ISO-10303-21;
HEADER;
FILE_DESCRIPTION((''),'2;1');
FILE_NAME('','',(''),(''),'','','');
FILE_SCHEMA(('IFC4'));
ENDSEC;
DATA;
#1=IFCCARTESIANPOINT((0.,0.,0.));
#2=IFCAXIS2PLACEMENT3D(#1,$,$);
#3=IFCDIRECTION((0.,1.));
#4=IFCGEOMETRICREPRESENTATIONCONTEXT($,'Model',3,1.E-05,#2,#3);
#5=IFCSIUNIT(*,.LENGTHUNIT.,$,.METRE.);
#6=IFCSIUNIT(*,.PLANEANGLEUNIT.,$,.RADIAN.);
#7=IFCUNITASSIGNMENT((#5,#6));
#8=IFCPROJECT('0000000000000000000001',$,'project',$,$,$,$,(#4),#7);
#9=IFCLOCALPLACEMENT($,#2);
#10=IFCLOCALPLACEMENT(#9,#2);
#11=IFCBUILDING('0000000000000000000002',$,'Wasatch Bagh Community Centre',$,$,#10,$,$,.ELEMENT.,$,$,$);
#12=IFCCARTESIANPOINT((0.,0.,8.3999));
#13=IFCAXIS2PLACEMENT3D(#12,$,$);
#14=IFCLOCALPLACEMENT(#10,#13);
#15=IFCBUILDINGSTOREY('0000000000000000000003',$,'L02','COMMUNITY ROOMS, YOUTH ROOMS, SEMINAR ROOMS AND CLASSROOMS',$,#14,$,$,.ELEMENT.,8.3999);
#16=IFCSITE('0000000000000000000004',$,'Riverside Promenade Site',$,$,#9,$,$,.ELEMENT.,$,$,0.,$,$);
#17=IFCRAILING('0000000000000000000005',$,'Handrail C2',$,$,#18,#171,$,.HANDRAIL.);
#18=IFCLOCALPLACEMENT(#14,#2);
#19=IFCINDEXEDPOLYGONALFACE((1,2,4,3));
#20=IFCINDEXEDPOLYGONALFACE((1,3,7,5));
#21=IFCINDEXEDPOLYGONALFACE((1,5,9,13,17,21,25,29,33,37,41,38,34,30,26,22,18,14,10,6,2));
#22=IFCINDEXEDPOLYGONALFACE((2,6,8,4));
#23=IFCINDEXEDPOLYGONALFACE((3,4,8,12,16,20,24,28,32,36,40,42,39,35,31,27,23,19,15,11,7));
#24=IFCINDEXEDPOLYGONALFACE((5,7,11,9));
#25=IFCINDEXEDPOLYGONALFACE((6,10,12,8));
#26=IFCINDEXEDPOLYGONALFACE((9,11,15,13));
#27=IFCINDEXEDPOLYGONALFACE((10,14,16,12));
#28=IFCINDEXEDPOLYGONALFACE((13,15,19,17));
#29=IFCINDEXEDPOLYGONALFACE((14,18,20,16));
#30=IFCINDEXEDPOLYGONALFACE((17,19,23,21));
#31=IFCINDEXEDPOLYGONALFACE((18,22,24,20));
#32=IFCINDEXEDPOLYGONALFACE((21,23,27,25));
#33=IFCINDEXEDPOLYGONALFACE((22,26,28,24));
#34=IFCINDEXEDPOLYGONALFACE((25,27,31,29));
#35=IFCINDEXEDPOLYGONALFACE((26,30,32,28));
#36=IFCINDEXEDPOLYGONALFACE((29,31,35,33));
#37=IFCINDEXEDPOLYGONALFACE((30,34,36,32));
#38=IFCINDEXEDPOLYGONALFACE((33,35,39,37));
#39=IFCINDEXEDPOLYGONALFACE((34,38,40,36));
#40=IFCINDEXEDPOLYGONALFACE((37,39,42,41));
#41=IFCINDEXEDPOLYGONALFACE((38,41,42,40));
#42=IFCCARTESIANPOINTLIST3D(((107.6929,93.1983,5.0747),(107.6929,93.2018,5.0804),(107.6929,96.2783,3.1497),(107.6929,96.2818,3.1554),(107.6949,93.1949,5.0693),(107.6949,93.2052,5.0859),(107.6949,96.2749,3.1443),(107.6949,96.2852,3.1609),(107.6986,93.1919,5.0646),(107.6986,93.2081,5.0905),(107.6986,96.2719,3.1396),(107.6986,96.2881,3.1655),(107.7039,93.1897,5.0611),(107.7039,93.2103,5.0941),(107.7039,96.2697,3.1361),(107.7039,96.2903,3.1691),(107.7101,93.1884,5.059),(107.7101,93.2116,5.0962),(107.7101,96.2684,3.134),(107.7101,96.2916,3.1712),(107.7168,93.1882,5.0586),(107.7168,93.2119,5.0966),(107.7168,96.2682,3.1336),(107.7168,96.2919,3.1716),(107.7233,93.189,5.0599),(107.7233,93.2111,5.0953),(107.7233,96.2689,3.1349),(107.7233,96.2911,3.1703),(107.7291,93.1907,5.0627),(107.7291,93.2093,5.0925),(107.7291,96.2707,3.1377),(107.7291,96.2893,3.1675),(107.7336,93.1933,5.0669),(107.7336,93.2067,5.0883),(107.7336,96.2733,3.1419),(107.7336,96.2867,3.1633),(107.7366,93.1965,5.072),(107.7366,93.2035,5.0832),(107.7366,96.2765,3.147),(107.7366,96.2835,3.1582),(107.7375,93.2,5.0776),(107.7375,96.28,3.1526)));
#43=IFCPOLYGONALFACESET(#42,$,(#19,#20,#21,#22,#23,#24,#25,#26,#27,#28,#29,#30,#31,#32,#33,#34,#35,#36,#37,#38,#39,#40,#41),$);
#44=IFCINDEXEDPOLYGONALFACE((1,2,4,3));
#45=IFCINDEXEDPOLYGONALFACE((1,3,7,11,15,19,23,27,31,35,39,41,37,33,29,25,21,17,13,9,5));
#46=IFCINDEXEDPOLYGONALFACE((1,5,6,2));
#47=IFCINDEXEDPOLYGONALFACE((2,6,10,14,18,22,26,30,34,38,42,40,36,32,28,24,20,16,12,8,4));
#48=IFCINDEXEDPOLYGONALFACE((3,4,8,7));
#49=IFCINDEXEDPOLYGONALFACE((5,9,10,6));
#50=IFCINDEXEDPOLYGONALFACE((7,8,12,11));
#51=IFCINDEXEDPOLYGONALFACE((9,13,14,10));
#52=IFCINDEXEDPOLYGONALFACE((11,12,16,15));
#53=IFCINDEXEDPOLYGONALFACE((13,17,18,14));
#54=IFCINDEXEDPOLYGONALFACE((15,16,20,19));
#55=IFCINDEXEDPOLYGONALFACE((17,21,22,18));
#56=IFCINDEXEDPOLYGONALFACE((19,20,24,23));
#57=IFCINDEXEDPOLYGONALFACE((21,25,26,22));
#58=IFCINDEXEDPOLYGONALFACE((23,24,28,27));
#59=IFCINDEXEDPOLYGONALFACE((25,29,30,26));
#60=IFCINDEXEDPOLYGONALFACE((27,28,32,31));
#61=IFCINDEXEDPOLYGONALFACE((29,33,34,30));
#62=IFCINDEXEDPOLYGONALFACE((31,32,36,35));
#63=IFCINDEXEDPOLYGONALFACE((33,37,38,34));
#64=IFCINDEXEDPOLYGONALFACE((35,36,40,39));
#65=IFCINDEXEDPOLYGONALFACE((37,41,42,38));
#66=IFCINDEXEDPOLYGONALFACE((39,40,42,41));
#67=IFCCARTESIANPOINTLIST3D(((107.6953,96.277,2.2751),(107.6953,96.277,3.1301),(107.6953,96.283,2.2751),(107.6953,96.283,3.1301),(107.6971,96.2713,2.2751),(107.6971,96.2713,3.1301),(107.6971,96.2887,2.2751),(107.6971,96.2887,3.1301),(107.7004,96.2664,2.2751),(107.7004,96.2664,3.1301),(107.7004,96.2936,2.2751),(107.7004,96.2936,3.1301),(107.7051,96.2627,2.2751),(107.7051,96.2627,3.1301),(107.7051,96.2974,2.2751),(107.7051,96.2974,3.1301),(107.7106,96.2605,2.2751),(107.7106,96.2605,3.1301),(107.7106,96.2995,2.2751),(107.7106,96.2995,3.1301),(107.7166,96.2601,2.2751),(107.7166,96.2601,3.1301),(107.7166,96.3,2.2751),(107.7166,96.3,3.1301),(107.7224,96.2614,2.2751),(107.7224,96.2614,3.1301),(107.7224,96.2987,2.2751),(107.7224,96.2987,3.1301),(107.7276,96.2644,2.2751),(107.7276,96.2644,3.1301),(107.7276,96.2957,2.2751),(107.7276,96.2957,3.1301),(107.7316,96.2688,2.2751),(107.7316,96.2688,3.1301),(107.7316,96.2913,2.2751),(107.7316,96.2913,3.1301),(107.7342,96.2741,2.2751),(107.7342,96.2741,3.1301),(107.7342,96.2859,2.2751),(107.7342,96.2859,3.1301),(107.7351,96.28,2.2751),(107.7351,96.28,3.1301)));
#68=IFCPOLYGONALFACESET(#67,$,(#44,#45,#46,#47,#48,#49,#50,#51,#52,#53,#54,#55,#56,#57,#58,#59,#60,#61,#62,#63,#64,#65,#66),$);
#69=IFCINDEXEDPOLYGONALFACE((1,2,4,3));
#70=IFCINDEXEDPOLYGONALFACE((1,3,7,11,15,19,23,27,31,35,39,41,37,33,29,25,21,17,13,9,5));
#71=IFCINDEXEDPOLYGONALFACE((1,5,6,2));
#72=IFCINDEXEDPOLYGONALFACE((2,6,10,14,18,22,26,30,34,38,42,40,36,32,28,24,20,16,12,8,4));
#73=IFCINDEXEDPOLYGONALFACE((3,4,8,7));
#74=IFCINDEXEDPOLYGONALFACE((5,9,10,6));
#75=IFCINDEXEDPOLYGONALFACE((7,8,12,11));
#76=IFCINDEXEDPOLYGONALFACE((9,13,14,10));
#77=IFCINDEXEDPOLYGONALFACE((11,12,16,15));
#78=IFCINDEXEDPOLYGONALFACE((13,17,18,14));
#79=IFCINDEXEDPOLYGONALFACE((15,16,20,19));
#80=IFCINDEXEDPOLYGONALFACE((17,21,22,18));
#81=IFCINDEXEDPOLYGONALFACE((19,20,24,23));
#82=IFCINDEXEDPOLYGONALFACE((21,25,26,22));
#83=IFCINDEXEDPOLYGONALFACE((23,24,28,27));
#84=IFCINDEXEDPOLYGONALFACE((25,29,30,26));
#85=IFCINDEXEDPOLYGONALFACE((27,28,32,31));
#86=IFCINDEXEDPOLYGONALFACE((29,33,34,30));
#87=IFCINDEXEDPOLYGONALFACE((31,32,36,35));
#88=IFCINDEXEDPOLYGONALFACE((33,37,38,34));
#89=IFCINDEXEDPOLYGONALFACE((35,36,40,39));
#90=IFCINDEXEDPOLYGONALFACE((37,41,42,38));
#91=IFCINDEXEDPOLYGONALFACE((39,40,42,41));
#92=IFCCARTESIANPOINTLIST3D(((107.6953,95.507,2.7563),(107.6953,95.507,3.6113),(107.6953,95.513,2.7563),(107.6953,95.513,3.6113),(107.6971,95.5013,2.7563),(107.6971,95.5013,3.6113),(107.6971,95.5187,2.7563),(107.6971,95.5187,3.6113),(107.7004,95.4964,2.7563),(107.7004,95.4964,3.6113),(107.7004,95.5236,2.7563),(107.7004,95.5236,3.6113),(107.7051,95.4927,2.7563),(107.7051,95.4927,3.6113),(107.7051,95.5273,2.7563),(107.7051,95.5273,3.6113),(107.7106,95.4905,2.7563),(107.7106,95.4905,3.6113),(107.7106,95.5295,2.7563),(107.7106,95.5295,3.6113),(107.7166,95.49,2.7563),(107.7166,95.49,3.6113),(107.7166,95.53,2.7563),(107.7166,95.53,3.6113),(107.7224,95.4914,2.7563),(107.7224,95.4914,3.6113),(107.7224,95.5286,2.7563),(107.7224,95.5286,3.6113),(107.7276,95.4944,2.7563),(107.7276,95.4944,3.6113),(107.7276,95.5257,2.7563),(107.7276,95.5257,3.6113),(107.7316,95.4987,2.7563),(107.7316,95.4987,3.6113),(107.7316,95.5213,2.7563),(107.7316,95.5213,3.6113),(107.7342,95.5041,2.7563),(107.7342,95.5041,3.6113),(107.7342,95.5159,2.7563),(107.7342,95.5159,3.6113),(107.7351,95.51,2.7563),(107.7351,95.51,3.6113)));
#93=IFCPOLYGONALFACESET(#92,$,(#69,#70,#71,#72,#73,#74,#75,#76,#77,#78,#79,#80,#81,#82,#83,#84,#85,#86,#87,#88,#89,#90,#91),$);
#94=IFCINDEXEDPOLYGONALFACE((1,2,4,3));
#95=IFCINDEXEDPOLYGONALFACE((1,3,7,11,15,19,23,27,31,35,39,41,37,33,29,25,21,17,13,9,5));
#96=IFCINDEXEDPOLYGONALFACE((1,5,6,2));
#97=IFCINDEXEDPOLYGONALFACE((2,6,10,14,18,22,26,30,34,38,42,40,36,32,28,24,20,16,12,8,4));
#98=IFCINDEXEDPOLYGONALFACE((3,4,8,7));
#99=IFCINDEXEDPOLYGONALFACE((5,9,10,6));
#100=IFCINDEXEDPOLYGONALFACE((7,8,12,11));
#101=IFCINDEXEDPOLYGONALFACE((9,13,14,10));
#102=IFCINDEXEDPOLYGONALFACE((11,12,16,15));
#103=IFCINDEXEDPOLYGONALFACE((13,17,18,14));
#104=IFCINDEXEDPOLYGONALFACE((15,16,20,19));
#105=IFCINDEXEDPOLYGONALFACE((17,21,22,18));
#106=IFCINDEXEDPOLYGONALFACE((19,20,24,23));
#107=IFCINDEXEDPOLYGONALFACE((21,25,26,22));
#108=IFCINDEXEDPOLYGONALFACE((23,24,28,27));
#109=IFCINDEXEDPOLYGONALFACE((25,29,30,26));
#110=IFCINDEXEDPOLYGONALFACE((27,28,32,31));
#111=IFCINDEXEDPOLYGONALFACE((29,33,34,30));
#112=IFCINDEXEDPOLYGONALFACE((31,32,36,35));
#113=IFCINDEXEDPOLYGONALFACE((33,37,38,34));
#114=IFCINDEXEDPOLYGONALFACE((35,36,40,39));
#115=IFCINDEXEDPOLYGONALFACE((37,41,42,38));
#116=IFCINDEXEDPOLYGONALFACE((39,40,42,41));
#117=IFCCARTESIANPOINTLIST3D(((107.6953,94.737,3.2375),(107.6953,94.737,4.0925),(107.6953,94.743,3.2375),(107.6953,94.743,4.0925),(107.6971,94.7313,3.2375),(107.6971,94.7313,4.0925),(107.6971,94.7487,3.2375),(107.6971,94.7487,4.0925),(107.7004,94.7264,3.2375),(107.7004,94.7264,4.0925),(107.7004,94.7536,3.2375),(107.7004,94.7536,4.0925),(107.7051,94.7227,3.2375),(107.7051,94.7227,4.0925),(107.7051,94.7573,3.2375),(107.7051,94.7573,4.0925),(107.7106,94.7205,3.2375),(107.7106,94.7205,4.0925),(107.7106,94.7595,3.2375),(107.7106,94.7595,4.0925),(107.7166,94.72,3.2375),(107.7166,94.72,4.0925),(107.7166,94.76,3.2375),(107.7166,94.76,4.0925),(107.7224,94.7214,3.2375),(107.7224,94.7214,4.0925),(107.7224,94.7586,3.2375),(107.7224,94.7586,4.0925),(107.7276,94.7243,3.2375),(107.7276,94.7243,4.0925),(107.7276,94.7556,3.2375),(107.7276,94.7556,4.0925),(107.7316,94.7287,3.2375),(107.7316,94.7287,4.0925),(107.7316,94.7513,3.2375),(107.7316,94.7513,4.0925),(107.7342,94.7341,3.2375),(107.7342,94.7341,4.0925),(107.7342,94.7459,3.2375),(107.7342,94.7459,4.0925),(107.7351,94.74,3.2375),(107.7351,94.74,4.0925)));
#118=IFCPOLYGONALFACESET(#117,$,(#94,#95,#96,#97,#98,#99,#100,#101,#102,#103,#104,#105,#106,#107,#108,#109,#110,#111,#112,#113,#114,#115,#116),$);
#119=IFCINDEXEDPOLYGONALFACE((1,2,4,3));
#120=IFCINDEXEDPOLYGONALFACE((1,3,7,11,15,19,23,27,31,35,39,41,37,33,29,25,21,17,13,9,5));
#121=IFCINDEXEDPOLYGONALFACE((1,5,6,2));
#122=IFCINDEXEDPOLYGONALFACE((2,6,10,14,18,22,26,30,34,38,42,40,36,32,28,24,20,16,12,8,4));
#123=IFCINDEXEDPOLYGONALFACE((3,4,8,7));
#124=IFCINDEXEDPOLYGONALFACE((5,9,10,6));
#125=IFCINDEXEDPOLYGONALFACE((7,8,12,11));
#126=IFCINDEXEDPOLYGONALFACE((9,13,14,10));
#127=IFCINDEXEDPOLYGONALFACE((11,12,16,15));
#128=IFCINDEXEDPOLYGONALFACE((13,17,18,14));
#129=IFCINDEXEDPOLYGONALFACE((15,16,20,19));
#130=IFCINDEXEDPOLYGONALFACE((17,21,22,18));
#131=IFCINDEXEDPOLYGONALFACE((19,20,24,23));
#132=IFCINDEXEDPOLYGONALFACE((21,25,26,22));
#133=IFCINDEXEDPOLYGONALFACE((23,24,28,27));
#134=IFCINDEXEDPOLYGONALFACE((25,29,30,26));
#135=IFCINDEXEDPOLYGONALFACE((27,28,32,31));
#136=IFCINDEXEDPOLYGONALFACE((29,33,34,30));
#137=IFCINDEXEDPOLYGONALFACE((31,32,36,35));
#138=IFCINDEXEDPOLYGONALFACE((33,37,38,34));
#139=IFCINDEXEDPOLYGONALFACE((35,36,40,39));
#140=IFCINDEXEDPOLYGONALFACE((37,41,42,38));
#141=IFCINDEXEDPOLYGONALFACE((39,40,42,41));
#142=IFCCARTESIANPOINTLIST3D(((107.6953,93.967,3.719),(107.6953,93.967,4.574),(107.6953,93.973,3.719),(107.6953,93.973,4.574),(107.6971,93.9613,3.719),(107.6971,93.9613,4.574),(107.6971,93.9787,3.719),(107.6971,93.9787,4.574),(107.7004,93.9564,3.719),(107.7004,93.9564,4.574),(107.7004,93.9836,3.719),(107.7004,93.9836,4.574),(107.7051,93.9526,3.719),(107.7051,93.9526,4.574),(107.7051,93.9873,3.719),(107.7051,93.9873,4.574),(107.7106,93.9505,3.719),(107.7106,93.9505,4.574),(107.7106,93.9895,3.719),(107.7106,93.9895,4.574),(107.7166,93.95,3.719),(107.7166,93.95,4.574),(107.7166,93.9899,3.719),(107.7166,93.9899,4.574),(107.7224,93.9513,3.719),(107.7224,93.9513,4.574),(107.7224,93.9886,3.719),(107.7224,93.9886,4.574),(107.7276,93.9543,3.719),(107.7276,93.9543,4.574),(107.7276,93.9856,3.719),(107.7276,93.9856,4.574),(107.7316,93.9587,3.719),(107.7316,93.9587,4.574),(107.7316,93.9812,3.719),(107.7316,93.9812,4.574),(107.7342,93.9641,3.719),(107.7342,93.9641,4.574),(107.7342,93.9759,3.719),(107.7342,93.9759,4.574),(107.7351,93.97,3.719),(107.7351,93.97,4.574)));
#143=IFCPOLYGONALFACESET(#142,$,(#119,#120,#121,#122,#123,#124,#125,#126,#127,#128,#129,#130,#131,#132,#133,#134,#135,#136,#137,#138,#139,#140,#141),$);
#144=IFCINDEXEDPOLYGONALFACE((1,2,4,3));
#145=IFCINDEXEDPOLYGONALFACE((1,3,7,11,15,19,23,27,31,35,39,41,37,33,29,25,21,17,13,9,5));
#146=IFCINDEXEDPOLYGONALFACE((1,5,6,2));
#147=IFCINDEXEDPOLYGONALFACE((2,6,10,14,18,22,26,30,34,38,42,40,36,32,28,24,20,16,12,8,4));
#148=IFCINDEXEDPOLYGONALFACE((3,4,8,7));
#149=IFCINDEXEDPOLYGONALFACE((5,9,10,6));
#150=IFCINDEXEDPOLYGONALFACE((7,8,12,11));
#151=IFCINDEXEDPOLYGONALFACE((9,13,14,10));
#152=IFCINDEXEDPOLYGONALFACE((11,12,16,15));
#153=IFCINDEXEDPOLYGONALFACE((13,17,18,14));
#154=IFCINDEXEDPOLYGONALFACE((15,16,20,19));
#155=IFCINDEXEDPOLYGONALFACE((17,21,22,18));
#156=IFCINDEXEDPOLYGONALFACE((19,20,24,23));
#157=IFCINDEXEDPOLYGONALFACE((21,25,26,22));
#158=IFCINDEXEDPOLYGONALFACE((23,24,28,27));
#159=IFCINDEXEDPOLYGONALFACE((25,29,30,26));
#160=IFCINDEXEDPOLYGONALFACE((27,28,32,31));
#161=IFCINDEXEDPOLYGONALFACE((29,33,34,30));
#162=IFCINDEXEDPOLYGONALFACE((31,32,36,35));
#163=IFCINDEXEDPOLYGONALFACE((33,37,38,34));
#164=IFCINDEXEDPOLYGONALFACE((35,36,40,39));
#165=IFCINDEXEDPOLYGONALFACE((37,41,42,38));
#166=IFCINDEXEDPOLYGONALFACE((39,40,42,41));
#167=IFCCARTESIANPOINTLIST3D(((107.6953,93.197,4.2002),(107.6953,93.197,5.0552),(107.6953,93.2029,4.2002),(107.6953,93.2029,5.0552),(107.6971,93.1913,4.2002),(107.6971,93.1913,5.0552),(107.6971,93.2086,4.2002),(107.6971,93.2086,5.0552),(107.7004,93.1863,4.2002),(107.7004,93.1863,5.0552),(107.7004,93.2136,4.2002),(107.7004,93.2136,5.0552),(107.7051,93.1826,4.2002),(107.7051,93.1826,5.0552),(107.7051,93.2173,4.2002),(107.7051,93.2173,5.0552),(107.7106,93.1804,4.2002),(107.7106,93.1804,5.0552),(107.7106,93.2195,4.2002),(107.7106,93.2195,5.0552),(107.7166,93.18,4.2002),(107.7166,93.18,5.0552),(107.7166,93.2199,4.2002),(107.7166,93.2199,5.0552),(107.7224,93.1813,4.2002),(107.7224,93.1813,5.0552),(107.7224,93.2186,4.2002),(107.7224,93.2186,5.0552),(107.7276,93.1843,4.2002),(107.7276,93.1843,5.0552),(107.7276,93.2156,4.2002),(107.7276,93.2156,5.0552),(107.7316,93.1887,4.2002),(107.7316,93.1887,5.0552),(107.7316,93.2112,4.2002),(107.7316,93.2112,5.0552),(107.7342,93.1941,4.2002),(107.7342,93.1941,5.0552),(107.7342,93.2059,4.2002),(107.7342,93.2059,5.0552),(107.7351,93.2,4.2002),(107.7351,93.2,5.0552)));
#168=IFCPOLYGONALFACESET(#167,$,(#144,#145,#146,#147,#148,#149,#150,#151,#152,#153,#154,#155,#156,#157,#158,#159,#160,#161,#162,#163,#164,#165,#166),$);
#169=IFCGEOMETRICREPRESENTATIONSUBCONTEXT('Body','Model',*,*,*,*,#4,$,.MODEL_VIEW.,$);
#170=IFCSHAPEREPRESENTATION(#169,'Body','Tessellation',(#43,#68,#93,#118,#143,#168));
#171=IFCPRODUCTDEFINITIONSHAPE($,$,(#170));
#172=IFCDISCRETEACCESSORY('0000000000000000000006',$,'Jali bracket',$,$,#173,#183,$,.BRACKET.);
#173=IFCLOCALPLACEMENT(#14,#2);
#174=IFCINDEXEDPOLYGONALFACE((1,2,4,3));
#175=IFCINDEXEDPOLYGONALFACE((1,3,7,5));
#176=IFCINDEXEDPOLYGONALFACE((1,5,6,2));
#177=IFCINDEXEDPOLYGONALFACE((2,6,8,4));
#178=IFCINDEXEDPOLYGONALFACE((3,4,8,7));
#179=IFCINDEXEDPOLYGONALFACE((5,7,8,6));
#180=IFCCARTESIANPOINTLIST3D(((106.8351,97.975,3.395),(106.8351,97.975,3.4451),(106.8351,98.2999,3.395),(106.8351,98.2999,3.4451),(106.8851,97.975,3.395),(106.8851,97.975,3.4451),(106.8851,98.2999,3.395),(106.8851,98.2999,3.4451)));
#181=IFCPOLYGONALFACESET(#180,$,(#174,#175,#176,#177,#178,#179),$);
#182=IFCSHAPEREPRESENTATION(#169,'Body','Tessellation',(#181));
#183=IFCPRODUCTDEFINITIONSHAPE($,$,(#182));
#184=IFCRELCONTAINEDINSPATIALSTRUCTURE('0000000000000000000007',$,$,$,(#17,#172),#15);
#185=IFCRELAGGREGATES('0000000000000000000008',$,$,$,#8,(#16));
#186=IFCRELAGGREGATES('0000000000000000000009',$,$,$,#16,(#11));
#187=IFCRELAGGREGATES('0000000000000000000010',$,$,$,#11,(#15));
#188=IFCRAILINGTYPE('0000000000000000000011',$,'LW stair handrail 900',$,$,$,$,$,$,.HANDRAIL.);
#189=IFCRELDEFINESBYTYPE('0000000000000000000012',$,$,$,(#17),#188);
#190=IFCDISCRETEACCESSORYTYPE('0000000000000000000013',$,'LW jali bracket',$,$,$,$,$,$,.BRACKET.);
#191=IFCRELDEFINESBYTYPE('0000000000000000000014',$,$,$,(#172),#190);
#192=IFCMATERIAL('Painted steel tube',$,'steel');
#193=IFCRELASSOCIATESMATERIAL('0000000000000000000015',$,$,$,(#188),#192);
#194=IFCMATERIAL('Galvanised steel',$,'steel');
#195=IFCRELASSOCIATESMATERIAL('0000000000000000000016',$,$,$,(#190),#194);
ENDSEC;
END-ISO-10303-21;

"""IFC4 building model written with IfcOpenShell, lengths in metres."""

from ifc_helpers import new_model, si_unit, direction, frame, origin, origin_2d, place, context, subcontext, project, spatial, rectangle, circle, extrude, material, type_object, element, save


model = new_model("IFC4")

# Units and contexts
model_context = context("Model", 3, precision=1e-05, world=origin(), true_north=direction((0.0, 1.0)))
body_context = subcontext(model_context, "Body", "Model", "MODEL_VIEW")
ifc_project = project(units=[si_unit("LENGTHUNIT", "METRE"), si_unit("PLANEANGLEUNIT", "RADIAN")], contexts=[model_context])

# Site, building, storey
site_placement = place(None, origin())
site = spatial("IfcSite", under=ifc_project, at=site_placement, Name="Riverside Promenade Site", CompositionType="ELEMENT", RefElevation=0.0)
building_placement = place(site_placement, origin())
building = spatial("IfcBuilding", under=site, at=building_placement, Name="Wasatch Bagh Community Centre", CompositionType="ELEMENT")
storey_placement = place(building_placement, frame((0.0, 0.0, 8.3999)))
storey = spatial("IfcBuildingStorey", under=building, at=storey_placement, Name="L02", Description="COMMUNITY ROOMS, YOUTH ROOMS, SEMINAR ROOMS AND CLASSROOMS", CompositionType="ELEMENT", Elevation=8.3999)

# Railing
ifc_material_1 = material(Name="Painted steel tube", Category="steel")
railing_type_1 = type_object("IfcRailingType", Name="LW stair handrail 900", PredefinedType="HANDRAIL", material=ifc_material_1)
railing_1_placement = place(storey_placement, frame((107.7151, 96.28, 2.2751)))
element("IfcRailing", 1, at=railing_1_placement, inside=storey, type_object=railing_type_1, Name="Handrail C2", PredefinedType="HANDRAIL", context=body_context, shape_type="SweptSolid", body=[
    extrude(circle(Radius=0.0225, at=origin_2d()), frame((0.0, 0.0, 0.8774), z_axis=(0.0, -0.847998, 0.529999), x_axis=(1.0, 0.0, 0.0)), (0.0, 0.0, 1.0), 3.6321),
    extrude(circle(Radius=0.02, at=origin_2d()), origin(), (0.0, 0.0, 1.0), 0.855),
    extrude(circle(Radius=0.02, at=origin_2d()), frame((0.0, -0.77, 0.4812)), (0.0, 0.0, 1.0), 0.855),
    extrude(circle(Radius=0.02, at=origin_2d()), frame((0.0, -1.54, 0.9624)), (0.0, 0.0, 1.0), 0.855),
    extrude(circle(Radius=0.02, at=origin_2d()), frame((0.0, -2.3101, 1.4438)), (0.0, 0.0, 1.0), 0.855),
    extrude(circle(Radius=0.02, at=origin_2d()), frame((0.0, -3.0801, 1.925)), (0.0, 0.0, 1.0), 0.855),
])

# Discrete accessory
ifc_material_2 = material(Name="Galvanised steel", Category="steel")
discrete_accessory_type = type_object("IfcDiscreteAccessoryType", Name="LW jali bracket", PredefinedType="BRACKET", material=ifc_material_2)
discrete_accessory_placement = place(storey_placement, frame((106.8601, 98.1375, 3.395), z_axis=(0.0, 0.0, 1.0), x_axis=(1.0, 0.0, 0.0)))
element("IfcDiscreteAccessory", 2, at=discrete_accessory_placement, inside=storey, type_object=discrete_accessory_type, Name="Jali bracket", PredefinedType="BRACKET", context=body_context, shape_type="SweptSolid", body=[
    extrude(rectangle(XDim=0.05, YDim=0.325, at=origin_2d()), origin(), (0.0, 0.0, 1.0), 0.05),
])

save(model, "model.ifc")
